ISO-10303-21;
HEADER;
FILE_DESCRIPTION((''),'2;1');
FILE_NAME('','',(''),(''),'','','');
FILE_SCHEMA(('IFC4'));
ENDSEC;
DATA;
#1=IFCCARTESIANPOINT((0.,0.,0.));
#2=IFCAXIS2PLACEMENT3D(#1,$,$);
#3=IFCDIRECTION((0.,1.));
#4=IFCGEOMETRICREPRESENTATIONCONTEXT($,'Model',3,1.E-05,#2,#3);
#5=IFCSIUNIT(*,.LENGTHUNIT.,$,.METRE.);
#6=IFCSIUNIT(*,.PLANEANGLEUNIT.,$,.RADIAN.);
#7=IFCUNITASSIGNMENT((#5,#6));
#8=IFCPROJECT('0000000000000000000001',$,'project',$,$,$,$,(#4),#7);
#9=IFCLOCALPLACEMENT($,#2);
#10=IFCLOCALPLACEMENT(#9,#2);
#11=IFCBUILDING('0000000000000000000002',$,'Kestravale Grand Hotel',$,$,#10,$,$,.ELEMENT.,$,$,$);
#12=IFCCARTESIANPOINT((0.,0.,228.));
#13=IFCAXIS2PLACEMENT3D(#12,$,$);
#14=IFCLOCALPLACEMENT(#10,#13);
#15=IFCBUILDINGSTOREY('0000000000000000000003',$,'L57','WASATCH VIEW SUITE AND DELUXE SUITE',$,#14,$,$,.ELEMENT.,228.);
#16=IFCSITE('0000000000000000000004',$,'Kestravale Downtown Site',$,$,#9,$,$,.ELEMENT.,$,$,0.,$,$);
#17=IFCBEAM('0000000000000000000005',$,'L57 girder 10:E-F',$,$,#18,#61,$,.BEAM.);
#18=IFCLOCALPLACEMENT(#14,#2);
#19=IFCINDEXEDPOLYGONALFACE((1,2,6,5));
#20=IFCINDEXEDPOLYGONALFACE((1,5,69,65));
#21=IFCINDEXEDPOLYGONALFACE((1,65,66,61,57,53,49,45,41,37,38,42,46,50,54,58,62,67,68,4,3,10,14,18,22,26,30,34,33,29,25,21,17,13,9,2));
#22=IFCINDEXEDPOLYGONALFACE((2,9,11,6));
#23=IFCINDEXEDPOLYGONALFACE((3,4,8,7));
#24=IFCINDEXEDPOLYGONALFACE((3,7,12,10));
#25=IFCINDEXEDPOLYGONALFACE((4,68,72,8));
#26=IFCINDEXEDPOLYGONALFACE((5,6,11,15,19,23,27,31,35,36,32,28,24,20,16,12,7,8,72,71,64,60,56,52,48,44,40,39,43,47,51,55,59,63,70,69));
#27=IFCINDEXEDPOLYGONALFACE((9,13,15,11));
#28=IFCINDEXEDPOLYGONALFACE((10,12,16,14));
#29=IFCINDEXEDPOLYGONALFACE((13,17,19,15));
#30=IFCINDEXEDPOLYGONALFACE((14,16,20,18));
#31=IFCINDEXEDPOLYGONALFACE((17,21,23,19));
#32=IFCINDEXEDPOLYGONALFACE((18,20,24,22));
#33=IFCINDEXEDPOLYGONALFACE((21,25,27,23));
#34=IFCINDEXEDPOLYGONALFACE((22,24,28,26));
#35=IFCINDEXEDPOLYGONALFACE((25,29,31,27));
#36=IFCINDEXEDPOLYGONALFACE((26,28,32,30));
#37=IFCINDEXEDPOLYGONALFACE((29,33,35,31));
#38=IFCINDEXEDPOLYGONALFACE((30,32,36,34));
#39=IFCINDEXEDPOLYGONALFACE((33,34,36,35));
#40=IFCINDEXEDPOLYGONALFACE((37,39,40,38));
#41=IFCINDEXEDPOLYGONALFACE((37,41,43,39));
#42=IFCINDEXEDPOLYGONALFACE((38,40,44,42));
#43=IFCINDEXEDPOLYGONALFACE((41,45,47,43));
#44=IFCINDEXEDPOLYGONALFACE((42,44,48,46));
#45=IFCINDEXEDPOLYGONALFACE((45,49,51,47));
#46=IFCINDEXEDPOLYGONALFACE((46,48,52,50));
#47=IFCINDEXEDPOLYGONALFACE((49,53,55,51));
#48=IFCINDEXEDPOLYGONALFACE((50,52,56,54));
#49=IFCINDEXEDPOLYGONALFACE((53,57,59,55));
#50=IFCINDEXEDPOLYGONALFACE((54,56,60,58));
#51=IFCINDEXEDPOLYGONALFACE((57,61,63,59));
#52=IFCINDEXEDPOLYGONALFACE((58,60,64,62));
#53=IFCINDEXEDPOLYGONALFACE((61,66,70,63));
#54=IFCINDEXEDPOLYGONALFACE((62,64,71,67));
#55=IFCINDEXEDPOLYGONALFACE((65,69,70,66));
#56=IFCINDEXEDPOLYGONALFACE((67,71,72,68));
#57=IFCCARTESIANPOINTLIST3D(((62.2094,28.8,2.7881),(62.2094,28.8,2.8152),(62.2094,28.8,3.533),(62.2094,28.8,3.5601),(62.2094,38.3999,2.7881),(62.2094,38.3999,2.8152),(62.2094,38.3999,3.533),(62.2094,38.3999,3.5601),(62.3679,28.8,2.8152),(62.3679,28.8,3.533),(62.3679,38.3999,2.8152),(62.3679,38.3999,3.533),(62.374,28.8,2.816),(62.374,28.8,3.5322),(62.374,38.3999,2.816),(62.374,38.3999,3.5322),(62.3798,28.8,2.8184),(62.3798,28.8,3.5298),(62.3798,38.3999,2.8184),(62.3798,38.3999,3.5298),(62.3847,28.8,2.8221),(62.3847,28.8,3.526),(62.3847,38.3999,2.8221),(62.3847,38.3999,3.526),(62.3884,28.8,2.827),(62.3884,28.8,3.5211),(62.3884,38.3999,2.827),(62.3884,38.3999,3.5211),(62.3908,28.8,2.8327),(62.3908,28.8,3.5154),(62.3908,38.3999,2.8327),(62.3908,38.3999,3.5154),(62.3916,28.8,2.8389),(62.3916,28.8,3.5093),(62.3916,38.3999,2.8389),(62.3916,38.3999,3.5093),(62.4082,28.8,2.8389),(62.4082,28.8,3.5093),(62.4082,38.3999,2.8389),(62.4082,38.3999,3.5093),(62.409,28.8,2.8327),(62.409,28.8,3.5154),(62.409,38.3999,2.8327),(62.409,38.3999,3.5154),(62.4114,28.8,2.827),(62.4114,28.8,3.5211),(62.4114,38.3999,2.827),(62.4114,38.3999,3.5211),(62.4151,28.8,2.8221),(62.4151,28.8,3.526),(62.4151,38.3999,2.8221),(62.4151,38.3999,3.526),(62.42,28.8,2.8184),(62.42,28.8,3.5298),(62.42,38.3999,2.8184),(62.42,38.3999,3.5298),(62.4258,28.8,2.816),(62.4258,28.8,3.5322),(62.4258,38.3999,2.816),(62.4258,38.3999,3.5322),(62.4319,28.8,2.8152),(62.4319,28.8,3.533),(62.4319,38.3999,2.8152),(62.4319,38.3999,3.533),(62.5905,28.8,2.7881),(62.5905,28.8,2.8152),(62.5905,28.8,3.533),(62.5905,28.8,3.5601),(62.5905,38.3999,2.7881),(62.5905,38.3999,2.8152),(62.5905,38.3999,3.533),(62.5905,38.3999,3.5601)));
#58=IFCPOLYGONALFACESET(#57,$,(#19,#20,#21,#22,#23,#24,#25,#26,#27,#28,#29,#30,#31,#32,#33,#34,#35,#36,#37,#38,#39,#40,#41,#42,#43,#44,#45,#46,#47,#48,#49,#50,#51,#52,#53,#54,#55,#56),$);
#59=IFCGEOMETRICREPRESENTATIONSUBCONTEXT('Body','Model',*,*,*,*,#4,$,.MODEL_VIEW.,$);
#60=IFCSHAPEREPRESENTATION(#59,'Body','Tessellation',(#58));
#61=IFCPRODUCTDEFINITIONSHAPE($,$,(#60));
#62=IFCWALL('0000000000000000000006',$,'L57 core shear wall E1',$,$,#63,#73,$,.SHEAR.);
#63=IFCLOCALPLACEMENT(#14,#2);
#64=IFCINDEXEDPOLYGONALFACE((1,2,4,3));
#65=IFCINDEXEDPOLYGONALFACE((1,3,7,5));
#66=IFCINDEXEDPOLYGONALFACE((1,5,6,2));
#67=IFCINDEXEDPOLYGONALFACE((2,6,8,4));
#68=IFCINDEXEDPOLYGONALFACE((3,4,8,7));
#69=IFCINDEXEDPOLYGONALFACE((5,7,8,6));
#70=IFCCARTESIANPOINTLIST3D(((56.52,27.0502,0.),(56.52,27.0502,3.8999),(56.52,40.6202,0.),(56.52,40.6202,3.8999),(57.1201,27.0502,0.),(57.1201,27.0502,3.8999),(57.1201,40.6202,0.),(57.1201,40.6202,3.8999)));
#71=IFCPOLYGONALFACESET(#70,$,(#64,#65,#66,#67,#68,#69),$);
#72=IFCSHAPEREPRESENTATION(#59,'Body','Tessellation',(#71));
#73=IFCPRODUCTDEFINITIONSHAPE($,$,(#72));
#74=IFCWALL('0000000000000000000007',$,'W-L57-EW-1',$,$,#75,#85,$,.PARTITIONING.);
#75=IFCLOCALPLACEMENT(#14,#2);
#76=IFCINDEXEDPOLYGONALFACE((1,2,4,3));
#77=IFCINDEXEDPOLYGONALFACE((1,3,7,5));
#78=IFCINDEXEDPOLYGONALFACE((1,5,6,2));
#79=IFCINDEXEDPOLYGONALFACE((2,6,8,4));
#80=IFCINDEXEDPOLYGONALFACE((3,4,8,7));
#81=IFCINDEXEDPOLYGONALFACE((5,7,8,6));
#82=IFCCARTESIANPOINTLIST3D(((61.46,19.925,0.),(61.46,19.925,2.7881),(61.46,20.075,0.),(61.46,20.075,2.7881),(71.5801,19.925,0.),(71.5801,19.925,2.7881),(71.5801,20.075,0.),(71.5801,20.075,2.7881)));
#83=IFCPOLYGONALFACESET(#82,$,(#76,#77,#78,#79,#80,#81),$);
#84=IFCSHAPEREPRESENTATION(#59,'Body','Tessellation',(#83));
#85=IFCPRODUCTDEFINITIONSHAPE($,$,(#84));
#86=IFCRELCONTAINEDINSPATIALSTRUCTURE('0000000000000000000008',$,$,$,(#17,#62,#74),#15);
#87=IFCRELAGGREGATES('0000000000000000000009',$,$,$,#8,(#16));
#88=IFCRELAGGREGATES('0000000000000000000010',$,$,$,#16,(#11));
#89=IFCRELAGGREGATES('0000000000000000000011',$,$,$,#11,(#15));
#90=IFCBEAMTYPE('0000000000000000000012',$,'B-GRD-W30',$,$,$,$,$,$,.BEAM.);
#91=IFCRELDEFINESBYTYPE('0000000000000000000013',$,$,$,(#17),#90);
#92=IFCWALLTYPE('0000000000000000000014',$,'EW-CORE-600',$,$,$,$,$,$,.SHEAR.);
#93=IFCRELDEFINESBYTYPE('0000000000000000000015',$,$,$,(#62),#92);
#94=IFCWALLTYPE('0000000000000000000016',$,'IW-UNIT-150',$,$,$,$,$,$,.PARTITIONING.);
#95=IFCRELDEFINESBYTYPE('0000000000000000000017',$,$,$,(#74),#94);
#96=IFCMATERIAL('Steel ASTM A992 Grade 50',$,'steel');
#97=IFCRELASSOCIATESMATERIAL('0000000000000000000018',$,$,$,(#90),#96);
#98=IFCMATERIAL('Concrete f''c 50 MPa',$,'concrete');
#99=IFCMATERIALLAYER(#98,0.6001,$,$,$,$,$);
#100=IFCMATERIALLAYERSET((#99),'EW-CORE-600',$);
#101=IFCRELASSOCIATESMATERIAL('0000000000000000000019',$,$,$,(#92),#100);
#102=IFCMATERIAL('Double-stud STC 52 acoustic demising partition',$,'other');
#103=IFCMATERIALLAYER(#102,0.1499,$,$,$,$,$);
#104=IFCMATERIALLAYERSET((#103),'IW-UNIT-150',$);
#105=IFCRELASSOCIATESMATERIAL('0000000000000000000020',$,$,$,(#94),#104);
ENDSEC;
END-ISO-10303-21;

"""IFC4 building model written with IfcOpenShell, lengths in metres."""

from ifc_helpers import new_model, si_unit, direction, frame, frame_2d, origin, origin_2d, place, context, subcontext, project, spatial, rectangle, i_section, extrude, material, layer, layer_set, material_profile, profile_set, type_object, element, save


model = new_model("IFC4")

# Units and contexts
model_context = context("Model", 3, precision=1e-05, world=origin(), true_north=direction((0.0, 1.0)))
body_context = subcontext(model_context, "Body", "Model", "MODEL_VIEW")
ifc_project = project(units=[si_unit("LENGTHUNIT", "METRE"), si_unit("PLANEANGLEUNIT", "RADIAN")], contexts=[model_context])

# Site, building, storey
site_placement = place(None, origin())
site = spatial("IfcSite", under=ifc_project, at=site_placement, Name="Kestravale Downtown Site", CompositionType="ELEMENT", RefElevation=0.0)
building_placement = place(site_placement, origin())
building = spatial("IfcBuilding", under=site, at=building_placement, Name="Kestravale Grand Hotel", CompositionType="ELEMENT")
storey_placement = place(building_placement, frame((0.0, 0.0, 228.0)))
storey = spatial("IfcBuildingStorey", under=building, at=storey_placement, Name="L57", Description="WASATCH VIEW SUITE AND DELUXE SUITE", CompositionType="ELEMENT", Elevation=228.0)

# Beam
ifc_material_1 = material(Name="Steel ASTM A992 Grade 50", Category="steel")
ifc_material_profile_1 = material_profile(ifc_material_1, i_section(OverallWidth=0.3811, OverallDepth=0.772, WebThickness=0.0166, FlangeThickness=0.0271, FilletRadius=0.0237, at=origin_2d()))
ifc_profile_set_1 = profile_set([ifc_material_profile_1], Name="Steel ASTM A992 Grade 50")
beam_type_1 = type_object("IfcBeamType", Name="B-GRD-W30", PredefinedType="BEAM", material=ifc_profile_set_1)
beam_1_placement = place(storey_placement, frame((62.3999, 28.8, 3.1741), z_axis=(0.0, 1.0, 0.0), x_axis=(-1.0, 0.0, 0.0)))
element("IfcBeam", 1, at=beam_1_placement, inside=storey, type_object=beam_type_1, Name="L57 girder 10:E-F", PredefinedType="BEAM", context=body_context, shape_type="SweptSolid", body=[
    extrude(i_section(OverallWidth=0.3811, OverallDepth=0.772, WebThickness=0.0166, FlangeThickness=0.0271, FilletRadius=0.0237, at=origin_2d()), origin(), (0.0, 0.0, 1.0), 9.5999),
])

# Walls
ifc_material_2 = material(Name="Concrete f'c 50 MPa", Category="concrete")
ifc_layer_1 = layer(ifc_material_2, 0.6001)
ifc_layer_set_1 = layer_set([ifc_layer_1], Name="EW-CORE-600")
wall_type_1 = type_object("IfcWallType", Name="EW-CORE-600", PredefinedType="SHEAR", material=ifc_layer_set_1)
wall_1_placement = place(storey_placement, frame((56.8201, 27.05, 0.0), z_axis=(0.0, 0.0, 1.0), x_axis=(0.0, 1.0, 0.0)))
element("IfcWall", 2, at=wall_1_placement, inside=storey, type_object=wall_type_1, Name="L57 core shear wall E1", PredefinedType="SHEAR", context=body_context, shape_type="SweptSolid", body=[
    extrude(rectangle(XDim=13.5701, YDim=0.6001, at=frame_2d((6.7852, 0.0))), origin(), (0.0, 0.0, 1.0), 3.8999),
])
ifc_material_3 = material(Name="Double-stud STC 52 acoustic demising partition", Category="other")
ifc_layer_2 = layer(ifc_material_3, 0.1499)
ifc_layer_set_2 = layer_set([ifc_layer_2], Name="IW-UNIT-150")
wall_type_2 = type_object("IfcWallType", Name="IW-UNIT-150", PredefinedType="PARTITIONING", material=ifc_layer_set_2)
wall_2_placement = place(storey_placement, frame((61.46, 20.0, 0.0), z_axis=(0.0, 0.0, 1.0), x_axis=(1.0, 0.0, 0.0)))
element("IfcWall", 3, at=wall_2_placement, inside=storey, type_object=wall_type_2, Name="W-L57-EW-1", PredefinedType="PARTITIONING", context=body_context, shape_type="SweptSolid", body=[
    extrude(rectangle(XDim=10.1201, YDim=0.1499, at=frame_2d((5.0601, 0.0))), origin(), (0.0, 0.0, 1.0), 2.7881),
])

save(model, "model.ifc")
